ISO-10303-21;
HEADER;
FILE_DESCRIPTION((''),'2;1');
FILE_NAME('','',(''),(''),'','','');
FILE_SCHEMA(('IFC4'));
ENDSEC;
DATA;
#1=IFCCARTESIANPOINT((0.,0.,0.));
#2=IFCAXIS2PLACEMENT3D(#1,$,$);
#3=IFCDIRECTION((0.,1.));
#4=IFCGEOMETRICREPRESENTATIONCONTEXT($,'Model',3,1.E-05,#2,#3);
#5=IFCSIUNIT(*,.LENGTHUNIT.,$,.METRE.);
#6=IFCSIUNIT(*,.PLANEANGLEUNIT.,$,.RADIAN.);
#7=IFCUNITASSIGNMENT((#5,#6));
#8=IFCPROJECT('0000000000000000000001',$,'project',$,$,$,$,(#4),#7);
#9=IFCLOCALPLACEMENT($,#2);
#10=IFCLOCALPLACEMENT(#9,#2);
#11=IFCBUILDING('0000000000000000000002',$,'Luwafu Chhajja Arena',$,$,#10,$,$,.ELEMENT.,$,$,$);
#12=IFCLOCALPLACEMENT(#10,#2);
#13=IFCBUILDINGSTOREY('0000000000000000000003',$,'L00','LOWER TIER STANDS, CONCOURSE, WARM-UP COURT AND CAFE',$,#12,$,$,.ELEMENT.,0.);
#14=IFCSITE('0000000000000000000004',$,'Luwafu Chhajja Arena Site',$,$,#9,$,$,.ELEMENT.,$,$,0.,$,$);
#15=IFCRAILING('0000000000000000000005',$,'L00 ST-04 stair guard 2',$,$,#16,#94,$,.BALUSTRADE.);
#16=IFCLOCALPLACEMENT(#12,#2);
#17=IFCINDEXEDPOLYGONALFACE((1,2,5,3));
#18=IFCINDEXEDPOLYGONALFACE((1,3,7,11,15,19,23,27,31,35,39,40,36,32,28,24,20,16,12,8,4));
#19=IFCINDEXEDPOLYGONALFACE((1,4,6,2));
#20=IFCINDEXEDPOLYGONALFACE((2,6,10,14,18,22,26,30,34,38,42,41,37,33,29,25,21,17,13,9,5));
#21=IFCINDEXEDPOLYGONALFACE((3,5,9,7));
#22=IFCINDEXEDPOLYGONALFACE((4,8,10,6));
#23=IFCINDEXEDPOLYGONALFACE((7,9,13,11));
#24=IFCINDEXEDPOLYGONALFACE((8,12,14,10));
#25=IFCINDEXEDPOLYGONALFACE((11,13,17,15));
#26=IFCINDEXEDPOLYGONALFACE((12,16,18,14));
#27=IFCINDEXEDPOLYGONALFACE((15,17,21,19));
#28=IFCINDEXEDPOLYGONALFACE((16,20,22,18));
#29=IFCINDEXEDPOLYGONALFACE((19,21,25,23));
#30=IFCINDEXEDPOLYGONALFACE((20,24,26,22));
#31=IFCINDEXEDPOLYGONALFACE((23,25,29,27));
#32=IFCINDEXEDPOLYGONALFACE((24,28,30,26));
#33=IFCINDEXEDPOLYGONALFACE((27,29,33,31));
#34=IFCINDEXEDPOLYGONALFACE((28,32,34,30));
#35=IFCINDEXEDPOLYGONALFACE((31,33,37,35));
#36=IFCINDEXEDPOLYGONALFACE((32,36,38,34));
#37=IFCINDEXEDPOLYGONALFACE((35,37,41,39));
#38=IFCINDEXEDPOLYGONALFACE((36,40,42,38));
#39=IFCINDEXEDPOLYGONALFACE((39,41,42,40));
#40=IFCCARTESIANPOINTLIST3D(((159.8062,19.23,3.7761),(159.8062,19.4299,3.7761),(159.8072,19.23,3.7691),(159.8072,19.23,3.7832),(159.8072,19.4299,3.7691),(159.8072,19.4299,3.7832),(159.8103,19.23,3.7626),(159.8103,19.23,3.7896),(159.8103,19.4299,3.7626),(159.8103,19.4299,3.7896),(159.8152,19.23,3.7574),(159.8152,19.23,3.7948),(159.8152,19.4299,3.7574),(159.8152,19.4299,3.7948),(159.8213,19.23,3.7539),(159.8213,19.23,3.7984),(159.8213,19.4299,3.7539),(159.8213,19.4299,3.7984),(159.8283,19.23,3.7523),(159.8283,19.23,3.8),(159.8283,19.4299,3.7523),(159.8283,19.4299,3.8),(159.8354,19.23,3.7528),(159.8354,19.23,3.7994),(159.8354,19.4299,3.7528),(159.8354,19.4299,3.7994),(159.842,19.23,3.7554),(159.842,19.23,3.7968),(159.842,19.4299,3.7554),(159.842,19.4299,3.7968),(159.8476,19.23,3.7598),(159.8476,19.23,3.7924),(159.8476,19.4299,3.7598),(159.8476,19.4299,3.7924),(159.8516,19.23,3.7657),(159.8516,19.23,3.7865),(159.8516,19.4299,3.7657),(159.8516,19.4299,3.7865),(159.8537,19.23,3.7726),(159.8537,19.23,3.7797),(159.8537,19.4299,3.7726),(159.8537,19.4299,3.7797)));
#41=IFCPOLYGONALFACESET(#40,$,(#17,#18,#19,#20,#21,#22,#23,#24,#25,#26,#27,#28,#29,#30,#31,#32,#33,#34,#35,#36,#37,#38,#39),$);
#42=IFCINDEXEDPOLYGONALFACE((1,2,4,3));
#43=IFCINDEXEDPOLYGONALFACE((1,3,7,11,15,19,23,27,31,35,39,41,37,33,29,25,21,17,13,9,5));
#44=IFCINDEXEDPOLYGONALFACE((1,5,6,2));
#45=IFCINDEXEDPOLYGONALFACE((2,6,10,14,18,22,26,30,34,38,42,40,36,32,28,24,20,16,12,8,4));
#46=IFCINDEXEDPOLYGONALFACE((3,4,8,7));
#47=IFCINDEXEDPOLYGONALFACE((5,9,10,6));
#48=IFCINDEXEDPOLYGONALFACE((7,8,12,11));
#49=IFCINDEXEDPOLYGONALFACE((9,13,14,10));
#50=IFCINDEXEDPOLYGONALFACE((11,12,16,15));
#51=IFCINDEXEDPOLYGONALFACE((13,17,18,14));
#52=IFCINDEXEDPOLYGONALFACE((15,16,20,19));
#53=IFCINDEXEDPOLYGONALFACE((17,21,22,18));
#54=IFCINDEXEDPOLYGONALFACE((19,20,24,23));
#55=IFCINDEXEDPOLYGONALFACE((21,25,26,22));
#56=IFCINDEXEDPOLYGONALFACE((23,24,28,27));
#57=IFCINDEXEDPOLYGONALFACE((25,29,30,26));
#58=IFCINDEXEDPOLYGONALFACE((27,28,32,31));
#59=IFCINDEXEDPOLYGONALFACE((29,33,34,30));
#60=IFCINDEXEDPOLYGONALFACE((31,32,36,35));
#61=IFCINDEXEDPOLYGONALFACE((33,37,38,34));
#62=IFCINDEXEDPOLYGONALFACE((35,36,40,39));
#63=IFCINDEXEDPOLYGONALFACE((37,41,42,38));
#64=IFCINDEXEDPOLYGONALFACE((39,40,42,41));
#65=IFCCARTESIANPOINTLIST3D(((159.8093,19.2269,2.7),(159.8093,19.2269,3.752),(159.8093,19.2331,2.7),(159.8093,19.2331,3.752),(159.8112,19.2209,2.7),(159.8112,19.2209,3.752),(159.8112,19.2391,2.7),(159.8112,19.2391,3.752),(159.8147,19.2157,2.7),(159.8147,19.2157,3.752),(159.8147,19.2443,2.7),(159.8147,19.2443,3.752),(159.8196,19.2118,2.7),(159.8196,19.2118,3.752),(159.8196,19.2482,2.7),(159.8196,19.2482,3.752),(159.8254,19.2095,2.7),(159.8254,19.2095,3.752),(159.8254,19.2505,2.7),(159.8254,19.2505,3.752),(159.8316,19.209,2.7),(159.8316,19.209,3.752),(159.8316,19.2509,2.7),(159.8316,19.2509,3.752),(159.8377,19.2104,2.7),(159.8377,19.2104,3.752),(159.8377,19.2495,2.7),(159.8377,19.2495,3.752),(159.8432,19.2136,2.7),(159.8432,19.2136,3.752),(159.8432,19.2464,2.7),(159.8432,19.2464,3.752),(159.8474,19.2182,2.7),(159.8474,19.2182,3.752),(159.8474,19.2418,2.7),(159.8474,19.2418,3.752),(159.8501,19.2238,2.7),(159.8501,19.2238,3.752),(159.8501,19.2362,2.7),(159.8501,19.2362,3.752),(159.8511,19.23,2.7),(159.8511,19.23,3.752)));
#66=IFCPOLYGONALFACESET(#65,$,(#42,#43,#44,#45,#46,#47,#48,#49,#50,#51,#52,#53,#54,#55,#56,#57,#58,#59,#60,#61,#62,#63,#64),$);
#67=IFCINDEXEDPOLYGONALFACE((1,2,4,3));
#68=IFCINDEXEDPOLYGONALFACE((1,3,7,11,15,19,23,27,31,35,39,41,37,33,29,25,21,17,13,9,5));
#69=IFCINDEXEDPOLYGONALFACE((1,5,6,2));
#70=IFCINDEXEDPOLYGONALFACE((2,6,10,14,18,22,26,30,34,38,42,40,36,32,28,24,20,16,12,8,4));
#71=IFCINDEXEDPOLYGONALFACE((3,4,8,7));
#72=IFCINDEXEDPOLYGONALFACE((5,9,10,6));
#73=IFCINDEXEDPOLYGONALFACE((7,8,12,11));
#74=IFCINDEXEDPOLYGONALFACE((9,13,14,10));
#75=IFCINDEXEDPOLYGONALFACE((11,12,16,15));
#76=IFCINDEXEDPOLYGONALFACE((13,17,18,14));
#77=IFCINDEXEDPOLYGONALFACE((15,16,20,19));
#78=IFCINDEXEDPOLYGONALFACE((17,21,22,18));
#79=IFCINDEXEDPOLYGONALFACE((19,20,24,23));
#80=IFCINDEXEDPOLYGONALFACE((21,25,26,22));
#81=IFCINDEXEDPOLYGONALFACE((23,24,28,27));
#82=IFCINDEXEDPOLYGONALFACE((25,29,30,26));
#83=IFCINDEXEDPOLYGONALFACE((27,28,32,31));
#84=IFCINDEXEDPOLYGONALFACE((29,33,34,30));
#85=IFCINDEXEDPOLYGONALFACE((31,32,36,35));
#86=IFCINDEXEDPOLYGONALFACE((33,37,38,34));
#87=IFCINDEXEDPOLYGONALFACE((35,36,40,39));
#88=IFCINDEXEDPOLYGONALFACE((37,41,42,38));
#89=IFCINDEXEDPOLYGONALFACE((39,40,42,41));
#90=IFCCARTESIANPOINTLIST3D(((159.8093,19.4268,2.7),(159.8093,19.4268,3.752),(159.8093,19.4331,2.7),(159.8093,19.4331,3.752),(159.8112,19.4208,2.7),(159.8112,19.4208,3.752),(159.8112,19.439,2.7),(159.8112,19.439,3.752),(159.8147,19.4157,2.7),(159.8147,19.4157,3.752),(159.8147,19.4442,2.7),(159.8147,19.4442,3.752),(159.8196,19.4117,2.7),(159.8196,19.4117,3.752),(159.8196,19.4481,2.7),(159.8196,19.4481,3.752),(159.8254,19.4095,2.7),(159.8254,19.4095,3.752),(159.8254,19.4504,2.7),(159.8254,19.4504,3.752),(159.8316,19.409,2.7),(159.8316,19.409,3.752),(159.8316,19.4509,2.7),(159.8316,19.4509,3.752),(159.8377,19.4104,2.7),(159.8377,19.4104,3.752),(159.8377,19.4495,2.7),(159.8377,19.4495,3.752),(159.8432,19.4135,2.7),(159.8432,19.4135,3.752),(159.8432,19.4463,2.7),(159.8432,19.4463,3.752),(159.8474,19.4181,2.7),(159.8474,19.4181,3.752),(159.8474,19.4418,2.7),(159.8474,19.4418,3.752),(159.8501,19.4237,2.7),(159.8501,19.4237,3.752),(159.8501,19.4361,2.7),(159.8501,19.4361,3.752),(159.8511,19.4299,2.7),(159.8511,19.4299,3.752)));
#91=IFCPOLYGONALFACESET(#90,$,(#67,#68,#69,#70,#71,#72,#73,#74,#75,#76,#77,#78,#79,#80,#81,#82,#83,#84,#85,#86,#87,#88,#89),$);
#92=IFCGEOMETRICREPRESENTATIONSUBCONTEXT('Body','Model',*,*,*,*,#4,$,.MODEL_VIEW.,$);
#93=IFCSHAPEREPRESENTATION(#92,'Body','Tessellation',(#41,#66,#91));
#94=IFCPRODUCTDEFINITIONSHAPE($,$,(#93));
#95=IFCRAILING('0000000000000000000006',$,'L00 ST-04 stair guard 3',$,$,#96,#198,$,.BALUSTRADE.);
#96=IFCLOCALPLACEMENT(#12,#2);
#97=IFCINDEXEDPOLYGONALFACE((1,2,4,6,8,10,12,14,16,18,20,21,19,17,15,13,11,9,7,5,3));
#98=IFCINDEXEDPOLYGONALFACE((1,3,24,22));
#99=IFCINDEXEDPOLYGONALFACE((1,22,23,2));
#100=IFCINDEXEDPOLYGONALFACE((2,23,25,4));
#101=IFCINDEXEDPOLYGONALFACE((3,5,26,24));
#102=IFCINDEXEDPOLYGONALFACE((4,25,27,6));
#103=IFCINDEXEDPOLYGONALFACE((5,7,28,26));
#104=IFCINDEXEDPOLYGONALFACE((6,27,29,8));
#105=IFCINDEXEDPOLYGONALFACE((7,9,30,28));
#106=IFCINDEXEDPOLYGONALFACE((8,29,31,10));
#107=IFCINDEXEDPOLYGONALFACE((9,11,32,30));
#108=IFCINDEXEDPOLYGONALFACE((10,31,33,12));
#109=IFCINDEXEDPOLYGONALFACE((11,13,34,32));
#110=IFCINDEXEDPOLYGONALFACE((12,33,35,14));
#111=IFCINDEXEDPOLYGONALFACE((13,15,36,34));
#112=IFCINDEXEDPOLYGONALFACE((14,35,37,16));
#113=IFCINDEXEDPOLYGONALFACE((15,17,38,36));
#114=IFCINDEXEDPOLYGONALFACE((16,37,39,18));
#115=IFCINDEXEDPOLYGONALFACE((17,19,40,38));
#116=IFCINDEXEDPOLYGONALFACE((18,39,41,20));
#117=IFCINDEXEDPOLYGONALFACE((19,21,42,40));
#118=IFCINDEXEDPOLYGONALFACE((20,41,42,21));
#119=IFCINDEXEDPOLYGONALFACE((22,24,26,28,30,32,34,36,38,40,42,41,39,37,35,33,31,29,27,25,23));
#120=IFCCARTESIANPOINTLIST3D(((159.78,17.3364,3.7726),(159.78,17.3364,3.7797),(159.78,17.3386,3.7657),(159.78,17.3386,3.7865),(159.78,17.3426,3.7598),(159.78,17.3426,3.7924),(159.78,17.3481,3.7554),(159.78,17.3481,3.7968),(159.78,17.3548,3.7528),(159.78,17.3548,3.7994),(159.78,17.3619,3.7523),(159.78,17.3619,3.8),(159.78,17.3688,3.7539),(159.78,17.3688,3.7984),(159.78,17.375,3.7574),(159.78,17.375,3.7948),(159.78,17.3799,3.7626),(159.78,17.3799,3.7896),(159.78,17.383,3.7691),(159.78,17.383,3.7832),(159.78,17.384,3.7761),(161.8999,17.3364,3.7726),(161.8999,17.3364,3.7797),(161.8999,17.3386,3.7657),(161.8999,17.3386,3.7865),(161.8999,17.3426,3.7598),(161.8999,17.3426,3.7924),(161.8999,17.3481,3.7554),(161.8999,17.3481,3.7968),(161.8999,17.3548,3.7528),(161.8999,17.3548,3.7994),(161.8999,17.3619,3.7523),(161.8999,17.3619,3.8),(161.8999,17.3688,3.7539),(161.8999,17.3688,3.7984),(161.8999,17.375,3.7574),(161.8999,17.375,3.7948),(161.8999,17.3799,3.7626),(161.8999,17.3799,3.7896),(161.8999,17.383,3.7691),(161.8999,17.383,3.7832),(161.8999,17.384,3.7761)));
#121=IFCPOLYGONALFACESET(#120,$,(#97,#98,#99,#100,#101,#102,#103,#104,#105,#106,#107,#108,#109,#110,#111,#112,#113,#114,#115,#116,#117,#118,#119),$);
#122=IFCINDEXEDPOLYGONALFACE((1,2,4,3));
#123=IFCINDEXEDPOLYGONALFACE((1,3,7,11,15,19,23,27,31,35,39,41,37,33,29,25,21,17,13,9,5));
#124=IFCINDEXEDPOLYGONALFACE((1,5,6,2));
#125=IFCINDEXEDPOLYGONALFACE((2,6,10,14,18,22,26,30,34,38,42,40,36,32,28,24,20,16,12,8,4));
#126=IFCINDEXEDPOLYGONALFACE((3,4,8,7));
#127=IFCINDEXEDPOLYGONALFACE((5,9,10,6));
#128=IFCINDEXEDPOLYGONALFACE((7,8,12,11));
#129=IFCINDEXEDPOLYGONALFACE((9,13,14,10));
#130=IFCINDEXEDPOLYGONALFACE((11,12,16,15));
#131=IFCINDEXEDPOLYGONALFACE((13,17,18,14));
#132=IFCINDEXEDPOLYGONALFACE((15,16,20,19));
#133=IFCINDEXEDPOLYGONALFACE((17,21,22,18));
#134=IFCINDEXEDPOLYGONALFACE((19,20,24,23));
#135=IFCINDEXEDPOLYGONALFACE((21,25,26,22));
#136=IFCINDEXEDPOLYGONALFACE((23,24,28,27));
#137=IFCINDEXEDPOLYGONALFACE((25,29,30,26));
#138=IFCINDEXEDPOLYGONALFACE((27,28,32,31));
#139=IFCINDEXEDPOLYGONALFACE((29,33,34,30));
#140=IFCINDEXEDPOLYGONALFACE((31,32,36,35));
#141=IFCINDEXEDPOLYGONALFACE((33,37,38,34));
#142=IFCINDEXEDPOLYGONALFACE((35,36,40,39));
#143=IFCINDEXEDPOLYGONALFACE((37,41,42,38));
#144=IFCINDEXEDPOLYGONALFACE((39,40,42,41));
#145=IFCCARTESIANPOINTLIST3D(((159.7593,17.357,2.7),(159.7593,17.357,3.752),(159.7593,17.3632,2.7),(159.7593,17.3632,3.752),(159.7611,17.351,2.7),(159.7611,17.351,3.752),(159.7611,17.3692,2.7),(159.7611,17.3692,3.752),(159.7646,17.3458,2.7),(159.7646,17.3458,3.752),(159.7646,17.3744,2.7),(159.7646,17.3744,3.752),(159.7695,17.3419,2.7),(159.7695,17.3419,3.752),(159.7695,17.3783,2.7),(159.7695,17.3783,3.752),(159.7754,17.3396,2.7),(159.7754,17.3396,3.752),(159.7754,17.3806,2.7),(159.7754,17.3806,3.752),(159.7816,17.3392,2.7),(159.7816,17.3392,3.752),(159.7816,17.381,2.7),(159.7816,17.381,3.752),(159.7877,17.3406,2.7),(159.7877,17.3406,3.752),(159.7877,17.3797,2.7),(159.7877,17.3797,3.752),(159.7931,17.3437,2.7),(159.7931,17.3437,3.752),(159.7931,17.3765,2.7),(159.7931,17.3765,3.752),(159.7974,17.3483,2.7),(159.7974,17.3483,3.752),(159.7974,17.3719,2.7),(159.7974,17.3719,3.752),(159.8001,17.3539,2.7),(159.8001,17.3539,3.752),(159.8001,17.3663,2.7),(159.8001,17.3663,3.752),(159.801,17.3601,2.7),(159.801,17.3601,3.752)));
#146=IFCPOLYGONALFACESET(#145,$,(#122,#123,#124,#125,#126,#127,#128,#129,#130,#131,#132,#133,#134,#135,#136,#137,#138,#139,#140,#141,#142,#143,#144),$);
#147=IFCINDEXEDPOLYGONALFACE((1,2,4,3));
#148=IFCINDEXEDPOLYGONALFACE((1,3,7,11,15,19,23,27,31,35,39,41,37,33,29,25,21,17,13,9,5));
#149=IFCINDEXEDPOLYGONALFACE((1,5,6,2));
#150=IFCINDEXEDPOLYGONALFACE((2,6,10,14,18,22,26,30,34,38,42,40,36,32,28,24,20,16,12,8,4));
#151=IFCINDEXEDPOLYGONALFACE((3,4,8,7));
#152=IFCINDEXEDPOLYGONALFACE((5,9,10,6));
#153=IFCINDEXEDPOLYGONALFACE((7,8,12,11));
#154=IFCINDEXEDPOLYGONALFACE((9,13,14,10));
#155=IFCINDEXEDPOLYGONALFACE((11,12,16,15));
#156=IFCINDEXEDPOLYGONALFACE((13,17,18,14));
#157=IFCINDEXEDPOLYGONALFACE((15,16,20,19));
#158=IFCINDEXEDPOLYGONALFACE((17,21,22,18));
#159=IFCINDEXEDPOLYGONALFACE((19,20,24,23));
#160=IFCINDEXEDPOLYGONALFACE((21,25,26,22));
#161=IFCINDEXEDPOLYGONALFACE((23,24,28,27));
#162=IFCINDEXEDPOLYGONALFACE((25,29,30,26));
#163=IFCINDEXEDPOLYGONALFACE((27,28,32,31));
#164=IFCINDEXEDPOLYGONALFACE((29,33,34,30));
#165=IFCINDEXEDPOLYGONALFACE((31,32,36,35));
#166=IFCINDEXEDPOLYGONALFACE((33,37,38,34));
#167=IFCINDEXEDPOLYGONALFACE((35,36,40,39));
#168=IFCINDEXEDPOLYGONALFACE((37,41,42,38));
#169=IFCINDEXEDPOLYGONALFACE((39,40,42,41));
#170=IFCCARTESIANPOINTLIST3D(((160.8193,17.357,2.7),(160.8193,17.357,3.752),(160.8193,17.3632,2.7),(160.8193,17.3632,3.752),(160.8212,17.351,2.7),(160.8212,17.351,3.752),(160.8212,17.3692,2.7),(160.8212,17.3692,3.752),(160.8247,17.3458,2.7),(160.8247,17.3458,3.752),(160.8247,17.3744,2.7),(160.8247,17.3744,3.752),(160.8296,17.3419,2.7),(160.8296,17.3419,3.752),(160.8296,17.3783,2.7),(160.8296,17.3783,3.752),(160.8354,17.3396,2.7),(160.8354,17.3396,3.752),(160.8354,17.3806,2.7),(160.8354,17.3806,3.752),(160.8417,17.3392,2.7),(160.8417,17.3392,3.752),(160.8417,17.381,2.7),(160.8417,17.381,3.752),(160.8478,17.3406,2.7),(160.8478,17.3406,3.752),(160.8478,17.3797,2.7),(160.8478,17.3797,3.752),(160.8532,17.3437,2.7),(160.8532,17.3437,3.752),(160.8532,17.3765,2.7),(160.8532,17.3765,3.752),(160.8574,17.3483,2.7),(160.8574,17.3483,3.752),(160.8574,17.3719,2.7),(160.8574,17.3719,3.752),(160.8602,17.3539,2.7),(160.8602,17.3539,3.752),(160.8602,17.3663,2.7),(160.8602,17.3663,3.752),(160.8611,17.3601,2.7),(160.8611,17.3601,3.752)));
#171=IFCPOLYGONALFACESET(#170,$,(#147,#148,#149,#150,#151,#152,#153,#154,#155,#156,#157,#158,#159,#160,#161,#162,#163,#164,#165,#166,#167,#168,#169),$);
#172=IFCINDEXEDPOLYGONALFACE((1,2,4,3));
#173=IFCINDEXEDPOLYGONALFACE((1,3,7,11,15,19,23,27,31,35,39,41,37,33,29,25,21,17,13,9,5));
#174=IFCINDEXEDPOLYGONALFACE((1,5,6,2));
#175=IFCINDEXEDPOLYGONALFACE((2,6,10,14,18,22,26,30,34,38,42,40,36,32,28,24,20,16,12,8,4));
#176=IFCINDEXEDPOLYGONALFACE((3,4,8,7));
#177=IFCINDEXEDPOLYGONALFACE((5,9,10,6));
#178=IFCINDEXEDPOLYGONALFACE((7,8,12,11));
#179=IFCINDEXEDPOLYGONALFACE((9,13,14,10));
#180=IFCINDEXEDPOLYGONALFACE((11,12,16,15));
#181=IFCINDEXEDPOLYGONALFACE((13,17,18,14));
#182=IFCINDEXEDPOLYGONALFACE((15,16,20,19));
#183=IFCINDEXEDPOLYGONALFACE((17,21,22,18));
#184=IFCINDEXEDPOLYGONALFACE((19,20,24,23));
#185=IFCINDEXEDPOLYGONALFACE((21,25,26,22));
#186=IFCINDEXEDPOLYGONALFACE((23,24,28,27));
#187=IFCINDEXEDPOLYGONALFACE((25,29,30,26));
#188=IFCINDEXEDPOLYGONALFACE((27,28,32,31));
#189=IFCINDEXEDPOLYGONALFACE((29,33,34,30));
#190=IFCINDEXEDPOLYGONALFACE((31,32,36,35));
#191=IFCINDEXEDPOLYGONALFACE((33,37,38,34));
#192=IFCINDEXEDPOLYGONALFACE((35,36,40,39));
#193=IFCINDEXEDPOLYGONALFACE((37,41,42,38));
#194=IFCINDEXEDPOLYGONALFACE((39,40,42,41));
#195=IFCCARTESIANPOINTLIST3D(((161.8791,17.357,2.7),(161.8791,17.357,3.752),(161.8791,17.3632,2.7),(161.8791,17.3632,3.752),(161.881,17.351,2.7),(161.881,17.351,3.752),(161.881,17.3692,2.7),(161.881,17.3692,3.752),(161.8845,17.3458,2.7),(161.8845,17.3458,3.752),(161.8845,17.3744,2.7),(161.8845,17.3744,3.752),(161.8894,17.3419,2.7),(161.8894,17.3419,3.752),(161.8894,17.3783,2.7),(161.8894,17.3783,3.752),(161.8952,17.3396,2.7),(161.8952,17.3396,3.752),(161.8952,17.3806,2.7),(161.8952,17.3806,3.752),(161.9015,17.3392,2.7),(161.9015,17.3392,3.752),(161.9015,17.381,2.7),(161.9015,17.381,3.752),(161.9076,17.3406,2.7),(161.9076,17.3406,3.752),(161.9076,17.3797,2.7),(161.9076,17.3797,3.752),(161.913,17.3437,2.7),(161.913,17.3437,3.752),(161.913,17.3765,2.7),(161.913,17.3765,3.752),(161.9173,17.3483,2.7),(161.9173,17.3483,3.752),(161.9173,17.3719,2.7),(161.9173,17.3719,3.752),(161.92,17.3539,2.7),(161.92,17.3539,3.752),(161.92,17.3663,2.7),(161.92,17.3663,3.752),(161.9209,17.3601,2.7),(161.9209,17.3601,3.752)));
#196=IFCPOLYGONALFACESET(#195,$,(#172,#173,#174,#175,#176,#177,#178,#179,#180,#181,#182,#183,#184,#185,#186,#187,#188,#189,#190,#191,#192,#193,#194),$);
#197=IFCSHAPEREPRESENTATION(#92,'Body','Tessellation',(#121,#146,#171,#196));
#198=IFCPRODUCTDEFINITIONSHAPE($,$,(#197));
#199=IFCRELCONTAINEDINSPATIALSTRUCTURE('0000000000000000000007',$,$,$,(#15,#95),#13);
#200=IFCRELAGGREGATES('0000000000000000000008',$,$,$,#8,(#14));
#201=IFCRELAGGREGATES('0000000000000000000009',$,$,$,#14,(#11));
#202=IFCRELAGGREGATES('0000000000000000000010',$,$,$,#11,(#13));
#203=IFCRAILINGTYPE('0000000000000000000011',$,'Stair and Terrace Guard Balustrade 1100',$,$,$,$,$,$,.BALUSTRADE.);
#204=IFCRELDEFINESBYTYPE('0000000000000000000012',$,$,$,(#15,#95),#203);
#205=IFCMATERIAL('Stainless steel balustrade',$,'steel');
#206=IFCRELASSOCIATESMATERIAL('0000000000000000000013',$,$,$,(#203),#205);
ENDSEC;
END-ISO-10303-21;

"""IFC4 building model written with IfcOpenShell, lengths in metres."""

from ifc_helpers import new_model, si_unit, direction, frame, origin, origin_2d, place, context, subcontext, project, spatial, circle, extrude, material, type_object, element, save


model = new_model("IFC4")

# Units and contexts
model_context = context("Model", 3, precision=1e-05, world=origin(), true_north=direction((0.0, 1.0)))
body_context = subcontext(model_context, "Body", "Model", "MODEL_VIEW")
ifc_project = project(units=[si_unit("LENGTHUNIT", "METRE"), si_unit("PLANEANGLEUNIT", "RADIAN")], contexts=[model_context])

# Site, building, storey
site_placement = place(None, origin())
site = spatial("IfcSite", under=ifc_project, at=site_placement, Name="Luwafu Chhajja Arena Site", CompositionType="ELEMENT", RefElevation=0.0)
building_placement = place(site_placement, origin())
building = spatial("IfcBuilding", under=site, at=building_placement, Name="Luwafu Chhajja Arena", CompositionType="ELEMENT")
storey_placement = place(building_placement, origin())
storey = spatial("IfcBuildingStorey", under=building, at=storey_placement, Name="L00", Description="LOWER TIER STANDS, CONCOURSE, WARM-UP COURT AND CAFE", CompositionType="ELEMENT", Elevation=0.0)

# Railings
ifc_material_1 = material(Name="Stainless steel balustrade", Category="steel")
railing_type_1 = type_object("IfcRailingType", Name="Stair and Terrace Guard Balustrade 1100", PredefinedType="BALUSTRADE", material=ifc_material_1)
railing_1_placement = place(storey_placement, frame((159.8301, 19.23, 2.7)))
element("IfcRailing", 1, at=railing_1_placement, inside=storey, type_object=railing_type_1, Name="L00 ST-04 stair guard 2", PredefinedType="BALUSTRADE", context=body_context, shape_type="SweptSolid", body=[
    extrude(circle(Radius=0.0239, at=origin_2d()), frame((0.0, 0.0, 1.0762), z_axis=(0.0, 1.0, 0.0), x_axis=(-1.0, 0.0, 0.0)), (0.0, 0.0, 1.0), 0.2),
    extrude(circle(Radius=0.021, at=origin_2d()), origin(), (0.0, 0.0, 1.0), 1.052),
    extrude(circle(Radius=0.021, at=origin_2d()), frame((0.0, 0.2, 0.0)), (0.0, 0.0, 1.0), 1.052),
])
for number, where, name in (
    (2, (159.78, 17.3601, 2.7), "L00 ST-04 stair guard 3"),
):
    element("IfcRailing", number, at=place(storey_placement, frame(where)), inside=storey, type_object=railing_type_1, Name=name, PredefinedType="BALUSTRADE", context=body_context, shape_type="SweptSolid", body=[
        extrude(circle(Radius=0.0239, at=origin_2d()), frame((0.0, 0.0, 1.0762), z_axis=(1.0, 0.0, 0.0), x_axis=(0.0, 1.0, 0.0)), (0.0, 0.0, 1.0), 2.1199),
        extrude(circle(Radius=0.021, at=origin_2d()), origin(), (0.0, 0.0, 1.0), 1.052),
        extrude(circle(Radius=0.021, at=origin_2d()), frame((1.0601, 0.0, 0.0)), (0.0, 0.0, 1.0), 1.052),
        extrude(circle(Radius=0.021, at=origin_2d()), frame((2.1199, 0.0, 0.0)), (0.0, 0.0, 1.0), 1.052),
    ])

save(model, "model.ifc")
